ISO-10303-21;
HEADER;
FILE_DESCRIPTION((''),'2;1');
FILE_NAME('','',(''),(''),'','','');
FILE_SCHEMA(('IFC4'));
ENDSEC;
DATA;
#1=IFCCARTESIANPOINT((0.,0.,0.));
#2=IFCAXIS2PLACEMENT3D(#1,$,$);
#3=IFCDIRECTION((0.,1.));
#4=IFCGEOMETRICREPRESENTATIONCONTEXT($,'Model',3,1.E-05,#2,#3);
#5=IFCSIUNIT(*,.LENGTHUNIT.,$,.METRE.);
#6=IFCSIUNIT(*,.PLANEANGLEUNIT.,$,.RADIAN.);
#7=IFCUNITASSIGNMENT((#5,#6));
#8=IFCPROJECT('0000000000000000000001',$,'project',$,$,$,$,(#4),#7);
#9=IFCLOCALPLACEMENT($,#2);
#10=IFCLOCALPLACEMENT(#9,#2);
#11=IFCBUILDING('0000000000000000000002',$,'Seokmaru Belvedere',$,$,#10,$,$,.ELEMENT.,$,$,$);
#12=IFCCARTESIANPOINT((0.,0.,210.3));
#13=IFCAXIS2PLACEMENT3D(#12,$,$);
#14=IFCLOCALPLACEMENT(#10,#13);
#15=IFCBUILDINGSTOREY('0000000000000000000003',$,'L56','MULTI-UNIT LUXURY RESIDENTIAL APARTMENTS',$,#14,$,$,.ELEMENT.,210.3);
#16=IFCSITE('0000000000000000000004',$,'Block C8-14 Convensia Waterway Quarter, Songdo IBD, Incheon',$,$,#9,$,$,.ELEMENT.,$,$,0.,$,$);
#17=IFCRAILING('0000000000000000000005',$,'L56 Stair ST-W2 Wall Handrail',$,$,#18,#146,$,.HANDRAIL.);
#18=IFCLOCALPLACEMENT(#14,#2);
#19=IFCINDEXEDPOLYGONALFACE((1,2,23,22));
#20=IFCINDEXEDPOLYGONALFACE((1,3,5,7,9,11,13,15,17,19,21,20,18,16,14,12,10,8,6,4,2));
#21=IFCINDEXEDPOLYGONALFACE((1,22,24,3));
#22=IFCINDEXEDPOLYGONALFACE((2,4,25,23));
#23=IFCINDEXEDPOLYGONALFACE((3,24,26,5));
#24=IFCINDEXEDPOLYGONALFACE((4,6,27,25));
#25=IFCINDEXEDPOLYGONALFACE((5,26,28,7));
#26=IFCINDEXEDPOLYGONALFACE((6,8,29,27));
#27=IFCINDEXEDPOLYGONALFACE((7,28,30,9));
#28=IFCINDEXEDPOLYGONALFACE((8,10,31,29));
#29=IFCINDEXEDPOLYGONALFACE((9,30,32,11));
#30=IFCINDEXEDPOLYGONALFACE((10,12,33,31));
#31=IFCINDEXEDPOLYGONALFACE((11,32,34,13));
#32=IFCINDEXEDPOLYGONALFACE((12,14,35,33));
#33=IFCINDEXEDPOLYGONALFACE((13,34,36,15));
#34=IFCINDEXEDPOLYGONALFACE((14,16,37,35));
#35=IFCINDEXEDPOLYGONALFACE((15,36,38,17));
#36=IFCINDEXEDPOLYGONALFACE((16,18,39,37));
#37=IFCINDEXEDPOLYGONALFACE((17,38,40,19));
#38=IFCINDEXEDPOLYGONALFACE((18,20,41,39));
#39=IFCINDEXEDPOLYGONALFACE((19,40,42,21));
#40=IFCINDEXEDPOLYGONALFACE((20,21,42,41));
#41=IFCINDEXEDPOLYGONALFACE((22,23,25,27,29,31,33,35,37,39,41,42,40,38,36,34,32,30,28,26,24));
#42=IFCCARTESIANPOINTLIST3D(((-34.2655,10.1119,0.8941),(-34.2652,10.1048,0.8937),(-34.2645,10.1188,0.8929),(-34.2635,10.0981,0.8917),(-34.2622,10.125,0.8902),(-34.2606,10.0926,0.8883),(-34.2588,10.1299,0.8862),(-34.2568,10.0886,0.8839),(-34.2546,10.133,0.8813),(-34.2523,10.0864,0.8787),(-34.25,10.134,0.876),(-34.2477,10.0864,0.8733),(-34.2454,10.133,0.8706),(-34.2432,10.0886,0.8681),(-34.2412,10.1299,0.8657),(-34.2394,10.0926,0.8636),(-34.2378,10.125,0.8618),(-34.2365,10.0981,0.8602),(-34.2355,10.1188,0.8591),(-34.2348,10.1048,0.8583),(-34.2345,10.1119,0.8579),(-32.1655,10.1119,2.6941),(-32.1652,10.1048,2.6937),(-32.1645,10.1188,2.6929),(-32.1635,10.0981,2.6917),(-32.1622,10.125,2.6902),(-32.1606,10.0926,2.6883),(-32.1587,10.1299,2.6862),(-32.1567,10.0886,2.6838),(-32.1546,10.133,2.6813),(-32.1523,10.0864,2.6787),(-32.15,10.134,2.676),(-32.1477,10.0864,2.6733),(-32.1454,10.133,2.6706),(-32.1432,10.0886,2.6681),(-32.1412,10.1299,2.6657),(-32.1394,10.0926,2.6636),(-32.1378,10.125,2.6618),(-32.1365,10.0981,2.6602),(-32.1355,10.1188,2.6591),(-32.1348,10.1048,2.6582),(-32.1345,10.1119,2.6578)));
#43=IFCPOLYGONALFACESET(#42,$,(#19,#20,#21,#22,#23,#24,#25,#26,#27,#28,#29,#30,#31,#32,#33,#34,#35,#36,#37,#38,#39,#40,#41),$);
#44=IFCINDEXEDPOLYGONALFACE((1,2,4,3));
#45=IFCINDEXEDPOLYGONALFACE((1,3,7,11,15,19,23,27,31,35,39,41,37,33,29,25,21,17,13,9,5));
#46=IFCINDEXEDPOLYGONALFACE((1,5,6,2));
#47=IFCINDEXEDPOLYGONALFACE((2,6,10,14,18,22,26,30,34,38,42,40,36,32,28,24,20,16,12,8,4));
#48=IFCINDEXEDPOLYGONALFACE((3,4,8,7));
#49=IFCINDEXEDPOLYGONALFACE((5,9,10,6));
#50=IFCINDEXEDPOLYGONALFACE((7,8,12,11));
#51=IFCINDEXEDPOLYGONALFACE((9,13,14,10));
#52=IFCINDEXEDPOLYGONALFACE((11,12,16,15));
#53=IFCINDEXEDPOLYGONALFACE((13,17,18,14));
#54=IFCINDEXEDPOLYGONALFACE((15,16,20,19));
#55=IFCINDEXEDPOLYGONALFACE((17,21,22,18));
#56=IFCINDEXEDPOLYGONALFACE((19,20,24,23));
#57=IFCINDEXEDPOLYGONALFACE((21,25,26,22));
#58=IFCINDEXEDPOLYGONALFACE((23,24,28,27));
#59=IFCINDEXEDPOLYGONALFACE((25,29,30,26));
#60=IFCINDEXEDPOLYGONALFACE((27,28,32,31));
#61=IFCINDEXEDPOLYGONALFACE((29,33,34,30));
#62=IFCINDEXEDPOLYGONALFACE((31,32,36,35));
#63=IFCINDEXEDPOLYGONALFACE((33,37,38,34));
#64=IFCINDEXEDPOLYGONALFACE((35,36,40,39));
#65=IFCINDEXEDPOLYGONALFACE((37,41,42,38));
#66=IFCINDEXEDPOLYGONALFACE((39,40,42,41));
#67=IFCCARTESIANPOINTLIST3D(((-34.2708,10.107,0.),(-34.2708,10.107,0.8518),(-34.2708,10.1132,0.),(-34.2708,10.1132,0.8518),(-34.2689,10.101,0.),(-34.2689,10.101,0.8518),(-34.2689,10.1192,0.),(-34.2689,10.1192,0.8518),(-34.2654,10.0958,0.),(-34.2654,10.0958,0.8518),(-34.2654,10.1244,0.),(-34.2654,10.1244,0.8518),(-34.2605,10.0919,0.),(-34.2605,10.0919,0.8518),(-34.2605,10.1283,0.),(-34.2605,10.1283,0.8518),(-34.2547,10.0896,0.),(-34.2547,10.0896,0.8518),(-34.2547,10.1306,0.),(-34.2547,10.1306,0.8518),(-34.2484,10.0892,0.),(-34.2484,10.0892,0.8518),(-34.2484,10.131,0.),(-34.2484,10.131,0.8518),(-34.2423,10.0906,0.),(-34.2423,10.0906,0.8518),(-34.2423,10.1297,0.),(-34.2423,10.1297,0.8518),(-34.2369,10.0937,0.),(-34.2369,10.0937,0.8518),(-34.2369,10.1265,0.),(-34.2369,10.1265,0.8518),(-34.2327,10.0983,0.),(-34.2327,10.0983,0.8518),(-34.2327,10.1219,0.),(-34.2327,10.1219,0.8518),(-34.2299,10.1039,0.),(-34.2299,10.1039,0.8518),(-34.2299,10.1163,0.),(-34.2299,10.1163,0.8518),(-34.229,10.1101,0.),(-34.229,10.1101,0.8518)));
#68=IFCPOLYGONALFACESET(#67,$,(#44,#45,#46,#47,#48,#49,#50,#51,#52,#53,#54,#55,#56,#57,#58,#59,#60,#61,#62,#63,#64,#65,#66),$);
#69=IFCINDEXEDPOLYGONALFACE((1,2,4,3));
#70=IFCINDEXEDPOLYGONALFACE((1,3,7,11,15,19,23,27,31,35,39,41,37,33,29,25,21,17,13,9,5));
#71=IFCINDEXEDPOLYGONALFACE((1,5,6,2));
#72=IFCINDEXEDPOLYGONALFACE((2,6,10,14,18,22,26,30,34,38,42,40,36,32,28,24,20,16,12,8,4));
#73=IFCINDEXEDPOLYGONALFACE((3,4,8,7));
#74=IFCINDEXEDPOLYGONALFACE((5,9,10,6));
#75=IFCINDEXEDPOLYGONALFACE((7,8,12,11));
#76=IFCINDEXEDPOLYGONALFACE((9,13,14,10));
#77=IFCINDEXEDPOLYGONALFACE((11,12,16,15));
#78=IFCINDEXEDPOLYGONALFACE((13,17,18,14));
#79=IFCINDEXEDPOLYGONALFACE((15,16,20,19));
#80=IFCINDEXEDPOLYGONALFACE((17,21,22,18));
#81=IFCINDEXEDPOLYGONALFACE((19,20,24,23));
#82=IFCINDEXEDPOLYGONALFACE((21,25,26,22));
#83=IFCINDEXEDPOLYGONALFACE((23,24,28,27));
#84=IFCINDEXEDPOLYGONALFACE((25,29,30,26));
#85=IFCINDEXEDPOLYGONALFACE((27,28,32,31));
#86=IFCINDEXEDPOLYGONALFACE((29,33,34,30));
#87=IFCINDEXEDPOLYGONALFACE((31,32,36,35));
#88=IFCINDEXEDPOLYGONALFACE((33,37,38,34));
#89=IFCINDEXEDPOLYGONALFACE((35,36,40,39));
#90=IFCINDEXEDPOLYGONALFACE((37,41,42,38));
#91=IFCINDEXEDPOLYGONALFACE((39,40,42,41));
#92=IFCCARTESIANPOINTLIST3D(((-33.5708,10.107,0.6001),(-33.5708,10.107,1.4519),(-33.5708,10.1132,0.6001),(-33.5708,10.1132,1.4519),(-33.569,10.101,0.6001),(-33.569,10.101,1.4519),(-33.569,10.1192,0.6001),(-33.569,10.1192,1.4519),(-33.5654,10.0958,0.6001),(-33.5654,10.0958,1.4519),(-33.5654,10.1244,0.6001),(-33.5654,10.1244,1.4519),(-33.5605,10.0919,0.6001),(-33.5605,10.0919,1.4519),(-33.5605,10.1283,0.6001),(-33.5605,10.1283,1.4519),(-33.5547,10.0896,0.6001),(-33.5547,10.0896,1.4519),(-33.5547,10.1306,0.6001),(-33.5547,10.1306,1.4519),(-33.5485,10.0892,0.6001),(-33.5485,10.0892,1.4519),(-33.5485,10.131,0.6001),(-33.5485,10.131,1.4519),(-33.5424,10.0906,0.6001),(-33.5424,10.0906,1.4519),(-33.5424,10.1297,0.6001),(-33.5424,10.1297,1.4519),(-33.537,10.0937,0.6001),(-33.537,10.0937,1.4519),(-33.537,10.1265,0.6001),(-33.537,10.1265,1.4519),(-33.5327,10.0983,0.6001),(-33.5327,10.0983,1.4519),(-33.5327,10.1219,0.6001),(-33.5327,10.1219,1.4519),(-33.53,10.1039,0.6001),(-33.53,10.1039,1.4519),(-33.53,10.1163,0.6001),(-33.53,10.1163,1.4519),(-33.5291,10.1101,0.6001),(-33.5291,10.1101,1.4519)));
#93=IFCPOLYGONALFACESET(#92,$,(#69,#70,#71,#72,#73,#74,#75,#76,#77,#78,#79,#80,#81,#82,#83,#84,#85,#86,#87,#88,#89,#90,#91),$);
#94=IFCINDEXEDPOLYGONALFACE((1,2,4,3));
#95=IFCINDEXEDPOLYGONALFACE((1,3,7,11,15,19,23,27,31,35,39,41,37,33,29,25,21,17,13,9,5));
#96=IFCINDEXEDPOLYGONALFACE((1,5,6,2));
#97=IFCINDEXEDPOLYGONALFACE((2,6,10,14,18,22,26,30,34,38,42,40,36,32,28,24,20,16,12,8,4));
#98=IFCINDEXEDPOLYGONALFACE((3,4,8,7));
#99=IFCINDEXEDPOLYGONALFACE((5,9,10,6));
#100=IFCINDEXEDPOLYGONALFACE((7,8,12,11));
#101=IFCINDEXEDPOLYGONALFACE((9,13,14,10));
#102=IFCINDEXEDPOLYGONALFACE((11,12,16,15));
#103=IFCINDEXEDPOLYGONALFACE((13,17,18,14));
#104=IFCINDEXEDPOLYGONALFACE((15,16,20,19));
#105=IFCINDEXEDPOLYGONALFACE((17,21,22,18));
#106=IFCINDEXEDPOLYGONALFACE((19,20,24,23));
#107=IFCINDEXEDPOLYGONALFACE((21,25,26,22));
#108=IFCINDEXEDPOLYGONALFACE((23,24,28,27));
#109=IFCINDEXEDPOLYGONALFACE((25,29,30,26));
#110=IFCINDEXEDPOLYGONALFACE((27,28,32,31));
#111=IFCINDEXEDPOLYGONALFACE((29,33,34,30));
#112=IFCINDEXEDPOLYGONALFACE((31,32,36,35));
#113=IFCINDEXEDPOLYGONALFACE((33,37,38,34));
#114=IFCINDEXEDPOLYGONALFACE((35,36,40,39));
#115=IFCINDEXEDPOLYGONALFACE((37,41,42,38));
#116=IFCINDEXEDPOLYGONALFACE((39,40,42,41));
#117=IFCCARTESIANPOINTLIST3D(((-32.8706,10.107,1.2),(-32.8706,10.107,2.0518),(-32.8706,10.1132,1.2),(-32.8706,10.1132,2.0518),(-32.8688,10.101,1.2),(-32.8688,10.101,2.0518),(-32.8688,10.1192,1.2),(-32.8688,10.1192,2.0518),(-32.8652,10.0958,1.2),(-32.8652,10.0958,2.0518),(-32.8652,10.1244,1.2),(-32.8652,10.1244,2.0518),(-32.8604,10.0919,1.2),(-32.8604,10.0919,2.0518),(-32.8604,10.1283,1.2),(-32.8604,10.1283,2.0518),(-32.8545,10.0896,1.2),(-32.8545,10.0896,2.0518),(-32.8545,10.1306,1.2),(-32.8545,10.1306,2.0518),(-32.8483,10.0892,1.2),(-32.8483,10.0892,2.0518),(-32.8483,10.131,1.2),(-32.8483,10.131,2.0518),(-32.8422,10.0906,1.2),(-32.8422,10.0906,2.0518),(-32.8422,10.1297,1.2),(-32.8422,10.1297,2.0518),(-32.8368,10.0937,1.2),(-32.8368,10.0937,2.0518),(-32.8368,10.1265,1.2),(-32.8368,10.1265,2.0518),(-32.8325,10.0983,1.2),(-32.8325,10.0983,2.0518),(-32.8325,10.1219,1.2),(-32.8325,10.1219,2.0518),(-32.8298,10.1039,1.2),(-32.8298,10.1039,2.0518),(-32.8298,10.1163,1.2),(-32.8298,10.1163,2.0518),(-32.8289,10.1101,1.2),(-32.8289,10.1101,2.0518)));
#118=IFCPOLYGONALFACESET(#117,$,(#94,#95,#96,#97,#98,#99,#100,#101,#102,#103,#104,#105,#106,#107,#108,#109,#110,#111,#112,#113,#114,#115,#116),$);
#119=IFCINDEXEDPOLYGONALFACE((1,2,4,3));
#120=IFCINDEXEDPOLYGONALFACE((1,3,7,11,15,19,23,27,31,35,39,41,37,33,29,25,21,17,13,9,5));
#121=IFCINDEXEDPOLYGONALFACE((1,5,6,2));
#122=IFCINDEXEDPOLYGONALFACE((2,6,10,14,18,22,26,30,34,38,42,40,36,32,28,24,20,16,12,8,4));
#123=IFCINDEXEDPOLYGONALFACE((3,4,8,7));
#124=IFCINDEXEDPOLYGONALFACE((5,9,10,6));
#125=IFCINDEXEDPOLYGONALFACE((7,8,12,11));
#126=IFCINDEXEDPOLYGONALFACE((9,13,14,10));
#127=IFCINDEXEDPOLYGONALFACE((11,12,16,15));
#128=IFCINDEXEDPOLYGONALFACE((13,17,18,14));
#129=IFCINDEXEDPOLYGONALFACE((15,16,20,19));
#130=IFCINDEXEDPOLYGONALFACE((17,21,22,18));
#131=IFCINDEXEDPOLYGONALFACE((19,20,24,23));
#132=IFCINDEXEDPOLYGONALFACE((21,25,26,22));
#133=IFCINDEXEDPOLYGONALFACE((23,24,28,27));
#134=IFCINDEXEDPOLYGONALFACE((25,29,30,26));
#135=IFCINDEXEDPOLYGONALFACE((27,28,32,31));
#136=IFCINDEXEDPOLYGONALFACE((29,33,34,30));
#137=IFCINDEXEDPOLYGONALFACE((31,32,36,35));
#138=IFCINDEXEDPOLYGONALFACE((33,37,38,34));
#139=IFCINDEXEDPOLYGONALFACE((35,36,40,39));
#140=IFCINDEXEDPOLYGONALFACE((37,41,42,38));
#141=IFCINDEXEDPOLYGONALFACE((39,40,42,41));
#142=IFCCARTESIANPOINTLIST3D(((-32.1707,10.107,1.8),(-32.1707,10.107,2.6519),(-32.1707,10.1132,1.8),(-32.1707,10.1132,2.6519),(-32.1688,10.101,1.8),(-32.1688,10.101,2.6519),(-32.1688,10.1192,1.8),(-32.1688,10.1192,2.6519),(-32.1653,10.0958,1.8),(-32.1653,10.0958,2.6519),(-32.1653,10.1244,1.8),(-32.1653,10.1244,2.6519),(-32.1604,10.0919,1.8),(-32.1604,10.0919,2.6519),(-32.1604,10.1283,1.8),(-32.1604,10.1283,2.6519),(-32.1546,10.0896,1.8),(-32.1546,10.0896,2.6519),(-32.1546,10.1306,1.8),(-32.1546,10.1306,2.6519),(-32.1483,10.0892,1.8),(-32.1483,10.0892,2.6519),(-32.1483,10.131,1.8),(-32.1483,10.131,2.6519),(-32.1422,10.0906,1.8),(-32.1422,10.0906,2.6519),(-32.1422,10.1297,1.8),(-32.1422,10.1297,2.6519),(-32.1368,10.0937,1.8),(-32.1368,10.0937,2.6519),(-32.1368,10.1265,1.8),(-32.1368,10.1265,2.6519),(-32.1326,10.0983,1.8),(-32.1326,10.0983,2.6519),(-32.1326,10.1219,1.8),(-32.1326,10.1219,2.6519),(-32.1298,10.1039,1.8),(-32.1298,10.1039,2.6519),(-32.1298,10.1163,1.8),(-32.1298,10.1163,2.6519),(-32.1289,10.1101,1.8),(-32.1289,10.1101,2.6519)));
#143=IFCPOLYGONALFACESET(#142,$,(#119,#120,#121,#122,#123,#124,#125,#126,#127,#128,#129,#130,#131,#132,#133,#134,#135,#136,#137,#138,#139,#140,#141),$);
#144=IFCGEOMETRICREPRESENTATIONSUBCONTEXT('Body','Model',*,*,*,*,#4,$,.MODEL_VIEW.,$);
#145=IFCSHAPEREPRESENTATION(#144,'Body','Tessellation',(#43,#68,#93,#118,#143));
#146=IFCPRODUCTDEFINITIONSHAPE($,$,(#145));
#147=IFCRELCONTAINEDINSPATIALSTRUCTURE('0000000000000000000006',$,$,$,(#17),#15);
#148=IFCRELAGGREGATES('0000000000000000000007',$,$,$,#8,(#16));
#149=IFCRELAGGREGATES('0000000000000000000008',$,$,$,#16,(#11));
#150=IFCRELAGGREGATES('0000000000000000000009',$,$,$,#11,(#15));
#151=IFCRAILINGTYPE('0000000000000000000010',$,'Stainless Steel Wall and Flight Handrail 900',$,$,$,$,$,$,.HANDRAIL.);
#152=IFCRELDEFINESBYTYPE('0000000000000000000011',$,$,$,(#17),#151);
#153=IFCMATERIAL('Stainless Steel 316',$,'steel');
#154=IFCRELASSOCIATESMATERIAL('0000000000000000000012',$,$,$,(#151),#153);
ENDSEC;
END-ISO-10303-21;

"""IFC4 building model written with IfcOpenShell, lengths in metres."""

from ifc_helpers import new_model, si_unit, direction, frame, origin, origin_2d, place, context, subcontext, project, spatial, circle, extrude, material, type_object, element, save


model = new_model("IFC4")

# Units and contexts
model_context = context("Model", 3, precision=1e-05, world=origin(), true_north=direction((0.0, 1.0)))
body_context = subcontext(model_context, "Body", "Model", "MODEL_VIEW")
ifc_project = project(units=[si_unit("LENGTHUNIT", "METRE"), si_unit("PLANEANGLEUNIT", "RADIAN")], contexts=[model_context])

# Site, building, storey
site_placement = place(None, origin())
site = spatial("IfcSite", under=ifc_project, at=site_placement, Name="Block C8-14 Convensia Waterway Quarter, Songdo IBD, Incheon", CompositionType="ELEMENT", RefElevation=0.0)
building_placement = place(site_placement, origin())
building = spatial("IfcBuilding", under=site, at=building_placement, Name="Seokmaru Belvedere", CompositionType="ELEMENT")
storey_placement = place(building_placement, frame((0.0, 0.0, 210.3)))
storey = spatial("IfcBuildingStorey", under=building, at=storey_placement, Name="L56", Description="MULTI-UNIT LUXURY RESIDENTIAL APARTMENTS", CompositionType="ELEMENT", Elevation=210.3)

# Railing
ifc_material_1 = material(Name="Stainless Steel 316", Category="steel")
railing_type_1 = type_object("IfcRailingType", Name="Stainless Steel Wall and Flight Handrail 900", PredefinedType="HANDRAIL", material=ifc_material_1)
railing_1_placement = place(storey_placement, frame((-34.25, 10.1101, 0.0)))
element("IfcRailing", 1, at=railing_1_placement, inside=storey, type_object=railing_type_1, Name="L56 Stair ST-W2 Wall Handrail", PredefinedType="HANDRAIL", context=body_context, shape_type="SweptSolid", body=[
    extrude(circle(Radius=0.0239, at=origin_2d()), frame((0.0, 0.0, 0.876), z_axis=(0.759263, 0.0, 0.650784), x_axis=(0.0, 1.0, 0.0)), (0.0, 0.0, 1.0), 2.7659),
    extrude(circle(Radius=0.021, at=origin_2d()), origin(), (0.0, 0.0, 1.0), 0.8518),
    extrude(circle(Radius=0.021, at=origin_2d()), frame((0.7, 0.0, 0.6001)), (0.0, 0.0, 1.0), 0.8518),
    extrude(circle(Radius=0.021, at=origin_2d()), frame((1.4001, 0.0, 1.2)), (0.0, 0.0, 1.0), 0.8518),
    extrude(circle(Radius=0.021, at=origin_2d()), frame((2.1001, 0.0, 1.8)), (0.0, 0.0, 1.0), 0.8518),
])

save(model, "model.ifc")
